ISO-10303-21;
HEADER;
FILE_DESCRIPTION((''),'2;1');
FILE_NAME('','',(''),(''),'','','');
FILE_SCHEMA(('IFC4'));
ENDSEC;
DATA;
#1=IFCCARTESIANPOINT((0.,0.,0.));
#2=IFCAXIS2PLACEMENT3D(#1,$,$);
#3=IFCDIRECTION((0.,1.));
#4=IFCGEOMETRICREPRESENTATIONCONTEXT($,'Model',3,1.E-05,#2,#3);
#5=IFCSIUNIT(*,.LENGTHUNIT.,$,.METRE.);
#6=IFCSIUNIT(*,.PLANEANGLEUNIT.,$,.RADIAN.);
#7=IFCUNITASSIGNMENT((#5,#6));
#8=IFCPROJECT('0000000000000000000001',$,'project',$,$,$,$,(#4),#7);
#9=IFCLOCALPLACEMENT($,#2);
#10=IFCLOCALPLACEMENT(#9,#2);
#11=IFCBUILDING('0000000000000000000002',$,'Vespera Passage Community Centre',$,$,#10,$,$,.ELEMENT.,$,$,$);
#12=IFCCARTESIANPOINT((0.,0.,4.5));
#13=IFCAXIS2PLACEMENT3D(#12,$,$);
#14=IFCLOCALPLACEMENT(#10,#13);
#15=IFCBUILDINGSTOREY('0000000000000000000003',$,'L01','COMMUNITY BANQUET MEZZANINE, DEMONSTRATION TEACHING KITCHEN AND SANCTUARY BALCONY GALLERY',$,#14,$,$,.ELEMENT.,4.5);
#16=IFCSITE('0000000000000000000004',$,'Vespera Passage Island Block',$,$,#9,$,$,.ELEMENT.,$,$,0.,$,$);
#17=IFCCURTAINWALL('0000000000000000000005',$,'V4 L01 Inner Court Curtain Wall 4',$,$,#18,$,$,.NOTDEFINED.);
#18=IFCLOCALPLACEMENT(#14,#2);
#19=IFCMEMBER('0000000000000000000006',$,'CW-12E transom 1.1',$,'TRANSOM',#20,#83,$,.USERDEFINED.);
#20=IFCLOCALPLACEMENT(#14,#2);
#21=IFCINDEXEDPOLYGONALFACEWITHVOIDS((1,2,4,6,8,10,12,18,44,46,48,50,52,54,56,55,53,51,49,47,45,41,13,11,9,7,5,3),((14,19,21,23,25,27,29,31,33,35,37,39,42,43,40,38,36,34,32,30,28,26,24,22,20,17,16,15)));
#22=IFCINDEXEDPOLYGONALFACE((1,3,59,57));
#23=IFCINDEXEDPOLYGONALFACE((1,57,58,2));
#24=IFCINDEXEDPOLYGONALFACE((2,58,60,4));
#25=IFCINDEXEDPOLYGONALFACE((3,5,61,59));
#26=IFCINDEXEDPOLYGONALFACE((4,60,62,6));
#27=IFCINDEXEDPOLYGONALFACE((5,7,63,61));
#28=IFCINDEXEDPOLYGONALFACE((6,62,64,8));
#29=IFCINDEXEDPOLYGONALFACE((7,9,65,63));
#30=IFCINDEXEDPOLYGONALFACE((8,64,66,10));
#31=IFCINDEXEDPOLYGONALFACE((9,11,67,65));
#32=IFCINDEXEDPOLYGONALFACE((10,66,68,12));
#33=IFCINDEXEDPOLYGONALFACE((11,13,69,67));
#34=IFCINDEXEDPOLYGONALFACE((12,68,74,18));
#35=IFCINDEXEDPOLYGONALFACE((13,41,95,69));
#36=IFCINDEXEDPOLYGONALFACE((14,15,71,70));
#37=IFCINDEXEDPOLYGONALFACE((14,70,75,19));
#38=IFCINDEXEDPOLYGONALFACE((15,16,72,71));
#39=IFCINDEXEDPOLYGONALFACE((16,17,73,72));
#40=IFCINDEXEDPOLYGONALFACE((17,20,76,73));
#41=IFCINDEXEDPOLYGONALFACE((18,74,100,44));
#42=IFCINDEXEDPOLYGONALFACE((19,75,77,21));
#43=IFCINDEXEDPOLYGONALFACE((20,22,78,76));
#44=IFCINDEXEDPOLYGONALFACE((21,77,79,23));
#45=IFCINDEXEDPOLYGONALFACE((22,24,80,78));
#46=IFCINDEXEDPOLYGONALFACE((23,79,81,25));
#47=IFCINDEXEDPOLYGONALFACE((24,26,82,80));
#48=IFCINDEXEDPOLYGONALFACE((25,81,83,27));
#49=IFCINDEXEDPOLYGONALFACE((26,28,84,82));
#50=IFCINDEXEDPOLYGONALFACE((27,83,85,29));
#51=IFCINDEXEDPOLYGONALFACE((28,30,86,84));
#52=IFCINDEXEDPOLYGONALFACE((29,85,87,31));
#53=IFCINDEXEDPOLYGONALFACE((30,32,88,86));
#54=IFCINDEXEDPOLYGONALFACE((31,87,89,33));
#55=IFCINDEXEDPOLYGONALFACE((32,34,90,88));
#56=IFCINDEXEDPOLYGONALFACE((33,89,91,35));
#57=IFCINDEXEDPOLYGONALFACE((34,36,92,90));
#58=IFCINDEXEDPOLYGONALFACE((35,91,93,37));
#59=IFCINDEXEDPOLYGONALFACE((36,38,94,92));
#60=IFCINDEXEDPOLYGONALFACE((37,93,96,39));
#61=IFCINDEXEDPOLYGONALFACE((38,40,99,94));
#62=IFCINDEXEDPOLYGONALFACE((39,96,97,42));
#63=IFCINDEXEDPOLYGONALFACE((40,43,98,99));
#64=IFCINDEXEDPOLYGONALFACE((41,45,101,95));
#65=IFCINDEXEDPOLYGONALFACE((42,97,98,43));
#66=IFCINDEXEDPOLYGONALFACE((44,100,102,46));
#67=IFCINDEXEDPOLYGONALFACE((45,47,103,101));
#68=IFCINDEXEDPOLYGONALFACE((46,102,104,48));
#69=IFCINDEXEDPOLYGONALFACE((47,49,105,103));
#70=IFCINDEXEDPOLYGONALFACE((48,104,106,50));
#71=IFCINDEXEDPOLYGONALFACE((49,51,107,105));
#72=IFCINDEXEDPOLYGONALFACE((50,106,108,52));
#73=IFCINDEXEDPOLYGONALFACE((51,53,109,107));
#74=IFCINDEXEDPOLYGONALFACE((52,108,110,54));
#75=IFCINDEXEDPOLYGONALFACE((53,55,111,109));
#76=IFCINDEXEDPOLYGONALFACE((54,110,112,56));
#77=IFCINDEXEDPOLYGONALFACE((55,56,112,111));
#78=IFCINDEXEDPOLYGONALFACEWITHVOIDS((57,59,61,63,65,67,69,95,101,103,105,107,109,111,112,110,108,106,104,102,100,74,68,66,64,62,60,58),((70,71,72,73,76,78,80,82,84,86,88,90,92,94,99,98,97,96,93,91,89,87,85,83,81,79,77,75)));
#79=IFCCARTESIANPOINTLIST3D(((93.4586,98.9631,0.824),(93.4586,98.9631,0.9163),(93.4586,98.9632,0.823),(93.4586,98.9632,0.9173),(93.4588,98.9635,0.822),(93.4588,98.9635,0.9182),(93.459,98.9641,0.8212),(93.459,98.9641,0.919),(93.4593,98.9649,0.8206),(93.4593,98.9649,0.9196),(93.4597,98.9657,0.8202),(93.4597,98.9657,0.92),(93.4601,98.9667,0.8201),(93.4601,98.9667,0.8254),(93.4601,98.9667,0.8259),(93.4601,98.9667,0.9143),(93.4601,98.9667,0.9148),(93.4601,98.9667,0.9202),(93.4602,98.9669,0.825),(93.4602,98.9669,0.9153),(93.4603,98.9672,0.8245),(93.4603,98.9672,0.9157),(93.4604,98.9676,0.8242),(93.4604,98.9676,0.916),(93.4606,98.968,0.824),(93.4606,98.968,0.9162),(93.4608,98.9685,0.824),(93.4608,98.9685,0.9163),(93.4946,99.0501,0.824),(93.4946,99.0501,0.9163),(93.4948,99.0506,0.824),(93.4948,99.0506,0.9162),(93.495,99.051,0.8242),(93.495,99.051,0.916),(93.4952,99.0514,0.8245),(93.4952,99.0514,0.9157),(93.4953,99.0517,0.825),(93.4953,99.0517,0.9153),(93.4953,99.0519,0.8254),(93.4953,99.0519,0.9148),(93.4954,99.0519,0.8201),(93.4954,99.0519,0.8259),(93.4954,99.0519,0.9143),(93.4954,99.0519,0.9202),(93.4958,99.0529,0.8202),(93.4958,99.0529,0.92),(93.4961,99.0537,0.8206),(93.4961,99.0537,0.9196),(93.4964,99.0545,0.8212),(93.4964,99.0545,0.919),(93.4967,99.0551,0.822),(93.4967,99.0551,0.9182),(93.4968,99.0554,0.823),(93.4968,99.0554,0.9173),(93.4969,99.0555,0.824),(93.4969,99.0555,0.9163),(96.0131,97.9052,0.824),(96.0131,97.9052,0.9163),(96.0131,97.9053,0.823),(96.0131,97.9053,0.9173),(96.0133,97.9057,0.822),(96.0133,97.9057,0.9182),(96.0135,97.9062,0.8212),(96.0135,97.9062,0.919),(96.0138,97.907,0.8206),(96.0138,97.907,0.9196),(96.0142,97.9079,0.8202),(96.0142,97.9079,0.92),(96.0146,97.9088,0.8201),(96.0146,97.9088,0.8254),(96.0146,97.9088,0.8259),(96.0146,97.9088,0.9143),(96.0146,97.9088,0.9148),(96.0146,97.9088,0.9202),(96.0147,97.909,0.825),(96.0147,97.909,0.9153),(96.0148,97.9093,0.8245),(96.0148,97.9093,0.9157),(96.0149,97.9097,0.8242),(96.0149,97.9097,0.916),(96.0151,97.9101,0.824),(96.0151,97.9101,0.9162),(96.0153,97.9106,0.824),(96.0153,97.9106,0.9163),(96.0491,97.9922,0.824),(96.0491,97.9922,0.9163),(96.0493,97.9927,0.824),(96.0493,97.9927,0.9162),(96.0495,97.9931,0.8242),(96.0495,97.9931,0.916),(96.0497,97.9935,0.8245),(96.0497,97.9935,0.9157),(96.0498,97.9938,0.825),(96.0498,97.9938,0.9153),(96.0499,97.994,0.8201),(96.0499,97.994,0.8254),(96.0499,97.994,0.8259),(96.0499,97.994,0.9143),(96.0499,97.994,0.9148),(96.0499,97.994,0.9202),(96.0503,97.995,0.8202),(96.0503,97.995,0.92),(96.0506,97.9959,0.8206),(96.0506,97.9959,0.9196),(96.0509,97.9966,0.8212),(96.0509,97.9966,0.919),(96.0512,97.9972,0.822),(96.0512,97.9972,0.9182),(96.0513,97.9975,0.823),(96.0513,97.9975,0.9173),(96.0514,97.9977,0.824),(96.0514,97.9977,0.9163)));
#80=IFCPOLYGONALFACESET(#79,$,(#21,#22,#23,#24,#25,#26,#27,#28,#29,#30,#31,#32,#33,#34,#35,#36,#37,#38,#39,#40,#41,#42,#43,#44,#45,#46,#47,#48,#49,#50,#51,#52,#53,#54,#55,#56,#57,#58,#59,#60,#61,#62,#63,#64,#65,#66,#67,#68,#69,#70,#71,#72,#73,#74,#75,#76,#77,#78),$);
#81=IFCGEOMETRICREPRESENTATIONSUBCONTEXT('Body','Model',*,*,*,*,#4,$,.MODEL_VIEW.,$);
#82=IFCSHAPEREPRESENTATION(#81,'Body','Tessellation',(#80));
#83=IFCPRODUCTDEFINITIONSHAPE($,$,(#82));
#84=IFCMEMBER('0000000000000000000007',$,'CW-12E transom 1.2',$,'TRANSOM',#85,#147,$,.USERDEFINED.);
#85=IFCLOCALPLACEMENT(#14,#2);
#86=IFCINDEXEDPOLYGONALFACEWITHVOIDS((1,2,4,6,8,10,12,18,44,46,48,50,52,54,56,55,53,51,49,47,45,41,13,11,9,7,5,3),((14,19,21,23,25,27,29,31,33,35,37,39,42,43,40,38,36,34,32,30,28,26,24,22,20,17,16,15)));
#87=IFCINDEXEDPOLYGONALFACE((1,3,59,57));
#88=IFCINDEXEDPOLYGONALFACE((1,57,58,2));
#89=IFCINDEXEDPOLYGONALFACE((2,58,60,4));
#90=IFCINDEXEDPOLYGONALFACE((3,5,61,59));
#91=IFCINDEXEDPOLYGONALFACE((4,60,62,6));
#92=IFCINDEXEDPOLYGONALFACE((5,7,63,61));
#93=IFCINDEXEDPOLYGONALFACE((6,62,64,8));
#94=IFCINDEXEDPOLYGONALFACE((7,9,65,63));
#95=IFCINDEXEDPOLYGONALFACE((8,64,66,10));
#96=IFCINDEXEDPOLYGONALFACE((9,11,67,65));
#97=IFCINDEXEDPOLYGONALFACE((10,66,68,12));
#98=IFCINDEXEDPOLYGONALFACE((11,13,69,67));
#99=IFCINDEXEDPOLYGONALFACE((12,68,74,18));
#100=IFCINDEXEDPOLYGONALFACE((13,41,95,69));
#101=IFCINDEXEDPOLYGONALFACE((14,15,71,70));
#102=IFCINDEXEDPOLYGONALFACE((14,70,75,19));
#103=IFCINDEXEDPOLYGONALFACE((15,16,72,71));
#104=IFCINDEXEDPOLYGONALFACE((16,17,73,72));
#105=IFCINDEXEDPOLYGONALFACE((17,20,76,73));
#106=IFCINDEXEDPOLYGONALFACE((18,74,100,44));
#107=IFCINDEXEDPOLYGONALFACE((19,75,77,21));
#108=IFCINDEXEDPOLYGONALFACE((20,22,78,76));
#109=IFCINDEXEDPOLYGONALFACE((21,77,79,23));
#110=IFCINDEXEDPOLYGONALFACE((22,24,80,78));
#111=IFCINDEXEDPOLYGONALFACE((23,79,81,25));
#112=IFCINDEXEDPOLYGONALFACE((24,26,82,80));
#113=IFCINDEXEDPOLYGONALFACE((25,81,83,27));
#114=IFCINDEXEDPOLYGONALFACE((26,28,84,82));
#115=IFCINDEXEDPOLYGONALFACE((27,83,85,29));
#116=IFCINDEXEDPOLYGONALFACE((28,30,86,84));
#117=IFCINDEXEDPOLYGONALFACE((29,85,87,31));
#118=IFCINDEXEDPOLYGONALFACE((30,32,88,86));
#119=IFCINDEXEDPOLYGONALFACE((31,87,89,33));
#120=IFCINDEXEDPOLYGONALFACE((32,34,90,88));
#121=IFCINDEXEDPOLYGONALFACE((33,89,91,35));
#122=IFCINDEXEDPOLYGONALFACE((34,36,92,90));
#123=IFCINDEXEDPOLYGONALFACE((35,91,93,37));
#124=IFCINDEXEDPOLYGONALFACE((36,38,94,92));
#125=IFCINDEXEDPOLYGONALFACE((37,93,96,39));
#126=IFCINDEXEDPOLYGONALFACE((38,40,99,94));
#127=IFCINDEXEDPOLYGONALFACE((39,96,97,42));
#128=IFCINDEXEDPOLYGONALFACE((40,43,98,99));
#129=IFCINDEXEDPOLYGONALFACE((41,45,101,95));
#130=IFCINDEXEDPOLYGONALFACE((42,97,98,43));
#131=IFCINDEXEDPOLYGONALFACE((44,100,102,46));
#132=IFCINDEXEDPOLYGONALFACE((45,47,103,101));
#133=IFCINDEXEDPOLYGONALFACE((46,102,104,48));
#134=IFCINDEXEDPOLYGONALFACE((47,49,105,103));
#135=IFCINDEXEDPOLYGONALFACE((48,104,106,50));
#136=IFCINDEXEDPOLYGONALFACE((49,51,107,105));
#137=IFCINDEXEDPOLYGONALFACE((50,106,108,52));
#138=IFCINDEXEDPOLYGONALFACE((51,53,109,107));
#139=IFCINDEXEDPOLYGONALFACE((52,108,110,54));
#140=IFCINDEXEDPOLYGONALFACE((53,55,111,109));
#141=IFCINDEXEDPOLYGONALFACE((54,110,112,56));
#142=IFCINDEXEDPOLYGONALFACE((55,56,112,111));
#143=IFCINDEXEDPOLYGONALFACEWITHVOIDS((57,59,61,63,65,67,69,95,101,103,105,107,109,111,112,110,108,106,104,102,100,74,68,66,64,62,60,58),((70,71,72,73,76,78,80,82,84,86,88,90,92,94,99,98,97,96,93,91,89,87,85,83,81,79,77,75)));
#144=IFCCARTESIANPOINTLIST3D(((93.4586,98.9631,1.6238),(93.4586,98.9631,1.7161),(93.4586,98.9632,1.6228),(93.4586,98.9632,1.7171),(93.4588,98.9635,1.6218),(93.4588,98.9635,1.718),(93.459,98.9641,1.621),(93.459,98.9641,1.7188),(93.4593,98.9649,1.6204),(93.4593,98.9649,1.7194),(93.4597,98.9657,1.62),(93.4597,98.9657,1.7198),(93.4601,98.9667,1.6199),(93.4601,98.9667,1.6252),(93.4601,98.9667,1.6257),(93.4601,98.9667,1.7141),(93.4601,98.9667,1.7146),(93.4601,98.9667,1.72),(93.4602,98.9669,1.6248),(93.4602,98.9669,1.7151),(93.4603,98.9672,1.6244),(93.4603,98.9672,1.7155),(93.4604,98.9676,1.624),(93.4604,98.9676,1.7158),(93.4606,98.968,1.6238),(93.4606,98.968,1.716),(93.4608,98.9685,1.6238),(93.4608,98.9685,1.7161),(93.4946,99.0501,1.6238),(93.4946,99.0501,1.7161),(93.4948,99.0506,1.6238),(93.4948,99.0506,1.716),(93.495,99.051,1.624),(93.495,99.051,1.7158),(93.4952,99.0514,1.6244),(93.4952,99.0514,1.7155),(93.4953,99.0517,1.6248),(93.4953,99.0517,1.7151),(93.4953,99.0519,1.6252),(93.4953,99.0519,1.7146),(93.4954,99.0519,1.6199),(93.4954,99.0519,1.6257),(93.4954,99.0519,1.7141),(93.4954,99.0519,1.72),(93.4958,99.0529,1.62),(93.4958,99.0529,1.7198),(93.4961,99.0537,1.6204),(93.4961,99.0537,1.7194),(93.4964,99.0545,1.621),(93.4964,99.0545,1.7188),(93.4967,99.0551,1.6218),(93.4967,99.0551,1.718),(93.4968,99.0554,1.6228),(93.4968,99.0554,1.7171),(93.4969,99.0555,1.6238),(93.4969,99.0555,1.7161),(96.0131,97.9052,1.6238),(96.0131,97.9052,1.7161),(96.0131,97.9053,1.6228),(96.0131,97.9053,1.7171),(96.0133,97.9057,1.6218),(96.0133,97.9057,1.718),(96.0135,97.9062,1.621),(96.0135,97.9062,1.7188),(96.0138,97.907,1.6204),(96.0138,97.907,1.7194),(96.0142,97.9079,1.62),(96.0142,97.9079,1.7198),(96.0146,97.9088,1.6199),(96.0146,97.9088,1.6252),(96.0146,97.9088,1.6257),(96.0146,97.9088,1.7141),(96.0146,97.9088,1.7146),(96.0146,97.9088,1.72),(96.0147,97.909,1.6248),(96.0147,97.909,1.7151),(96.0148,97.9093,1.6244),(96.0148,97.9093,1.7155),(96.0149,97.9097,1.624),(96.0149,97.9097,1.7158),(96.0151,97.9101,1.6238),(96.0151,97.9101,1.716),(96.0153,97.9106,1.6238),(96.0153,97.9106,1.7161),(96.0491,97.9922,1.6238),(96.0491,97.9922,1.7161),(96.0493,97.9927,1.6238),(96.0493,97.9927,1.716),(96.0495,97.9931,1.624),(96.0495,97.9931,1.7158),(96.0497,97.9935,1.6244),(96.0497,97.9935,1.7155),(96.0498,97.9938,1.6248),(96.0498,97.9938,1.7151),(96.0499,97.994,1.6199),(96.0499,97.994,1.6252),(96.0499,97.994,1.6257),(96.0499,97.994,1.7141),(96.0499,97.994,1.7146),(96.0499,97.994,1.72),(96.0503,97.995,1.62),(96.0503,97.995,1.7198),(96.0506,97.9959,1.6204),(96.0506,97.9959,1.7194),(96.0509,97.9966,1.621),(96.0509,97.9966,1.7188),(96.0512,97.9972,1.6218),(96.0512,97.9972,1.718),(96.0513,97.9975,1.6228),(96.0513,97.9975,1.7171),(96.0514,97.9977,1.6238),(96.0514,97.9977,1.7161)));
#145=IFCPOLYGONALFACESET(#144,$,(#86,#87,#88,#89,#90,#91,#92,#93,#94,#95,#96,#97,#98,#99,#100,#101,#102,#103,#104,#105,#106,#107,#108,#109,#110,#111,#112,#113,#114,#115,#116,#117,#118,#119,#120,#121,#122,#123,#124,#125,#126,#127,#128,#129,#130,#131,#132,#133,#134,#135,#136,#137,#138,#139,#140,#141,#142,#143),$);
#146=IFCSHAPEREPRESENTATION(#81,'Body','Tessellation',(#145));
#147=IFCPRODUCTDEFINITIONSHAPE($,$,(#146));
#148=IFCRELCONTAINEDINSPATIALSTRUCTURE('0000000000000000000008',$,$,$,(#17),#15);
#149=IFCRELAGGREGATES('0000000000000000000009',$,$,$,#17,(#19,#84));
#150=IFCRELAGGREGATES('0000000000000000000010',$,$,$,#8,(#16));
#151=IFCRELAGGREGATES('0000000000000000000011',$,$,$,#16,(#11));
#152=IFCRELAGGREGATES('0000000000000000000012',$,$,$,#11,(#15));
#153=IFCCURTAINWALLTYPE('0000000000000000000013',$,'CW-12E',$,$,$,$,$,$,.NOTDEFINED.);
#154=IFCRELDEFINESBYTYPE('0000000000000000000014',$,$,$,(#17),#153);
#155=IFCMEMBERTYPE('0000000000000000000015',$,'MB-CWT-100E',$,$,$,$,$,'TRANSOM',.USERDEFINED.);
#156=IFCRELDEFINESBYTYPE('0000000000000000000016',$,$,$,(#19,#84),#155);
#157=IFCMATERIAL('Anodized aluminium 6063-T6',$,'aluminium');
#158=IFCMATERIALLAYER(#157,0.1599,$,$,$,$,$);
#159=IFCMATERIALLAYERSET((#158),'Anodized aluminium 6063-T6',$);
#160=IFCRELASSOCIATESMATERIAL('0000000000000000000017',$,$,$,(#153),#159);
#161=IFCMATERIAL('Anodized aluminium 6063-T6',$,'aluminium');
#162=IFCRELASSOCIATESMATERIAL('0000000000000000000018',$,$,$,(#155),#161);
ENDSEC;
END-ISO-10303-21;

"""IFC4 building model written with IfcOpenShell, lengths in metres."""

from ifc_helpers import new_model, si_unit, direction, frame, origin, origin_2d, place, context, subcontext, project, spatial, hollow_rectangle, extrude, material, layer, layer_set, material_profile, profile_set, type_object, element, aggregate, save


model = new_model("IFC4")

# Units and contexts
model_context = context("Model", 3, precision=1e-05, world=origin(), true_north=direction((0.0, 1.0)))
body_context = subcontext(model_context, "Body", "Model", "MODEL_VIEW")
ifc_project = project(units=[si_unit("LENGTHUNIT", "METRE"), si_unit("PLANEANGLEUNIT", "RADIAN")], contexts=[model_context])

# Site, building, storey
site_placement = place(None, origin())
site = spatial("IfcSite", under=ifc_project, at=site_placement, Name="Vespera Passage Island Block", CompositionType="ELEMENT", RefElevation=0.0)
building_placement = place(site_placement, origin())
building = spatial("IfcBuilding", under=site, at=building_placement, Name="Vespera Passage Community Centre", CompositionType="ELEMENT")
storey_placement = place(building_placement, frame((0.0, 0.0, 4.5)))
storey = spatial("IfcBuildingStorey", under=building, at=storey_placement, Name="L01", Description="COMMUNITY BANQUET MEZZANINE, DEMONSTRATION TEACHING KITCHEN AND SANCTUARY BALCONY GALLERY", CompositionType="ELEMENT", Elevation=4.5)

# Curtain wall, members
ifc_material_1 = material(Name="Anodized aluminium 6063-T6", Category="aluminium")
ifc_layer_1 = layer(ifc_material_1, 0.1599)
ifc_layer_set_1 = layer_set([ifc_layer_1], Name="Anodized aluminium 6063-T6")
curtain_wall_type = type_object("IfcCurtainWallType", Name="CW-12E", PredefinedType="NOTDEFINED", material=ifc_layer_set_1)
curtain_wall_placement = place(storey_placement, origin())
curtain_wall = element("IfcCurtainWall", 1, at=curtain_wall_placement, inside=storey, type_object=curtain_wall_type, Name="V4 L01 Inner Court Curtain Wall 4", PredefinedType="NOTDEFINED")
ifc_material_2 = material(Name="Anodized aluminium 6063-T6", Category="aluminium")
ifc_material_profile_1 = material_profile(ifc_material_2, hollow_rectangle(XDim=0.1001, YDim=0.1001, WallThickness=0.0039, InnerFilletRadius=0.002, OuterFilletRadius=0.0039, at=origin_2d()), Name="ALU100X100X4")
ifc_profile_set_1 = profile_set([ifc_material_profile_1], Name="Anodized aluminium 6063-T6")
member_type_1 = type_object("IfcMemberType", Name="MB-CWT-100E", ElementType="TRANSOM", PredefinedType="USERDEFINED", material=ifc_profile_set_1)
member_1_placement = place(storey_placement, frame((96.0322, 97.9514, 0.8701), z_axis=(-0.923908, 0.382614, 0.0), x_axis=(-0.382614, -0.923908, 0.0)))
member_1 = element("IfcMember", 2, at=member_1_placement, type_object=member_type_1, Name="CW-12E transom 1.1", ObjectType="TRANSOM", PredefinedType="USERDEFINED", context=body_context, shape_type="SweptSolid", body=[
    extrude(hollow_rectangle(XDim=0.1001, YDim=0.1001, WallThickness=0.0039, InnerFilletRadius=0.002, OuterFilletRadius=0.0039, at=origin_2d()), origin(), (0.0, 0.0, 1.0), 2.7649),
])
member_2_placement = place(storey_placement, frame((96.0322, 97.9514, 1.6699), z_axis=(-0.923908, 0.382614, 0.0), x_axis=(-0.382614, -0.923908, 0.0)))
member_2 = element("IfcMember", 3, at=member_2_placement, type_object=member_type_1, Name="CW-12E transom 1.2", ObjectType="TRANSOM", PredefinedType="USERDEFINED", context=body_context, shape_type="SweptSolid", body=[
    extrude(hollow_rectangle(XDim=0.1001, YDim=0.1001, WallThickness=0.0039, InnerFilletRadius=0.002, OuterFilletRadius=0.0039, at=origin_2d()), origin(), (0.0, 0.0, 1.0), 2.7649),
])
aggregate(curtain_wall, [member_1, member_2])

save(model, "model.ifc")
